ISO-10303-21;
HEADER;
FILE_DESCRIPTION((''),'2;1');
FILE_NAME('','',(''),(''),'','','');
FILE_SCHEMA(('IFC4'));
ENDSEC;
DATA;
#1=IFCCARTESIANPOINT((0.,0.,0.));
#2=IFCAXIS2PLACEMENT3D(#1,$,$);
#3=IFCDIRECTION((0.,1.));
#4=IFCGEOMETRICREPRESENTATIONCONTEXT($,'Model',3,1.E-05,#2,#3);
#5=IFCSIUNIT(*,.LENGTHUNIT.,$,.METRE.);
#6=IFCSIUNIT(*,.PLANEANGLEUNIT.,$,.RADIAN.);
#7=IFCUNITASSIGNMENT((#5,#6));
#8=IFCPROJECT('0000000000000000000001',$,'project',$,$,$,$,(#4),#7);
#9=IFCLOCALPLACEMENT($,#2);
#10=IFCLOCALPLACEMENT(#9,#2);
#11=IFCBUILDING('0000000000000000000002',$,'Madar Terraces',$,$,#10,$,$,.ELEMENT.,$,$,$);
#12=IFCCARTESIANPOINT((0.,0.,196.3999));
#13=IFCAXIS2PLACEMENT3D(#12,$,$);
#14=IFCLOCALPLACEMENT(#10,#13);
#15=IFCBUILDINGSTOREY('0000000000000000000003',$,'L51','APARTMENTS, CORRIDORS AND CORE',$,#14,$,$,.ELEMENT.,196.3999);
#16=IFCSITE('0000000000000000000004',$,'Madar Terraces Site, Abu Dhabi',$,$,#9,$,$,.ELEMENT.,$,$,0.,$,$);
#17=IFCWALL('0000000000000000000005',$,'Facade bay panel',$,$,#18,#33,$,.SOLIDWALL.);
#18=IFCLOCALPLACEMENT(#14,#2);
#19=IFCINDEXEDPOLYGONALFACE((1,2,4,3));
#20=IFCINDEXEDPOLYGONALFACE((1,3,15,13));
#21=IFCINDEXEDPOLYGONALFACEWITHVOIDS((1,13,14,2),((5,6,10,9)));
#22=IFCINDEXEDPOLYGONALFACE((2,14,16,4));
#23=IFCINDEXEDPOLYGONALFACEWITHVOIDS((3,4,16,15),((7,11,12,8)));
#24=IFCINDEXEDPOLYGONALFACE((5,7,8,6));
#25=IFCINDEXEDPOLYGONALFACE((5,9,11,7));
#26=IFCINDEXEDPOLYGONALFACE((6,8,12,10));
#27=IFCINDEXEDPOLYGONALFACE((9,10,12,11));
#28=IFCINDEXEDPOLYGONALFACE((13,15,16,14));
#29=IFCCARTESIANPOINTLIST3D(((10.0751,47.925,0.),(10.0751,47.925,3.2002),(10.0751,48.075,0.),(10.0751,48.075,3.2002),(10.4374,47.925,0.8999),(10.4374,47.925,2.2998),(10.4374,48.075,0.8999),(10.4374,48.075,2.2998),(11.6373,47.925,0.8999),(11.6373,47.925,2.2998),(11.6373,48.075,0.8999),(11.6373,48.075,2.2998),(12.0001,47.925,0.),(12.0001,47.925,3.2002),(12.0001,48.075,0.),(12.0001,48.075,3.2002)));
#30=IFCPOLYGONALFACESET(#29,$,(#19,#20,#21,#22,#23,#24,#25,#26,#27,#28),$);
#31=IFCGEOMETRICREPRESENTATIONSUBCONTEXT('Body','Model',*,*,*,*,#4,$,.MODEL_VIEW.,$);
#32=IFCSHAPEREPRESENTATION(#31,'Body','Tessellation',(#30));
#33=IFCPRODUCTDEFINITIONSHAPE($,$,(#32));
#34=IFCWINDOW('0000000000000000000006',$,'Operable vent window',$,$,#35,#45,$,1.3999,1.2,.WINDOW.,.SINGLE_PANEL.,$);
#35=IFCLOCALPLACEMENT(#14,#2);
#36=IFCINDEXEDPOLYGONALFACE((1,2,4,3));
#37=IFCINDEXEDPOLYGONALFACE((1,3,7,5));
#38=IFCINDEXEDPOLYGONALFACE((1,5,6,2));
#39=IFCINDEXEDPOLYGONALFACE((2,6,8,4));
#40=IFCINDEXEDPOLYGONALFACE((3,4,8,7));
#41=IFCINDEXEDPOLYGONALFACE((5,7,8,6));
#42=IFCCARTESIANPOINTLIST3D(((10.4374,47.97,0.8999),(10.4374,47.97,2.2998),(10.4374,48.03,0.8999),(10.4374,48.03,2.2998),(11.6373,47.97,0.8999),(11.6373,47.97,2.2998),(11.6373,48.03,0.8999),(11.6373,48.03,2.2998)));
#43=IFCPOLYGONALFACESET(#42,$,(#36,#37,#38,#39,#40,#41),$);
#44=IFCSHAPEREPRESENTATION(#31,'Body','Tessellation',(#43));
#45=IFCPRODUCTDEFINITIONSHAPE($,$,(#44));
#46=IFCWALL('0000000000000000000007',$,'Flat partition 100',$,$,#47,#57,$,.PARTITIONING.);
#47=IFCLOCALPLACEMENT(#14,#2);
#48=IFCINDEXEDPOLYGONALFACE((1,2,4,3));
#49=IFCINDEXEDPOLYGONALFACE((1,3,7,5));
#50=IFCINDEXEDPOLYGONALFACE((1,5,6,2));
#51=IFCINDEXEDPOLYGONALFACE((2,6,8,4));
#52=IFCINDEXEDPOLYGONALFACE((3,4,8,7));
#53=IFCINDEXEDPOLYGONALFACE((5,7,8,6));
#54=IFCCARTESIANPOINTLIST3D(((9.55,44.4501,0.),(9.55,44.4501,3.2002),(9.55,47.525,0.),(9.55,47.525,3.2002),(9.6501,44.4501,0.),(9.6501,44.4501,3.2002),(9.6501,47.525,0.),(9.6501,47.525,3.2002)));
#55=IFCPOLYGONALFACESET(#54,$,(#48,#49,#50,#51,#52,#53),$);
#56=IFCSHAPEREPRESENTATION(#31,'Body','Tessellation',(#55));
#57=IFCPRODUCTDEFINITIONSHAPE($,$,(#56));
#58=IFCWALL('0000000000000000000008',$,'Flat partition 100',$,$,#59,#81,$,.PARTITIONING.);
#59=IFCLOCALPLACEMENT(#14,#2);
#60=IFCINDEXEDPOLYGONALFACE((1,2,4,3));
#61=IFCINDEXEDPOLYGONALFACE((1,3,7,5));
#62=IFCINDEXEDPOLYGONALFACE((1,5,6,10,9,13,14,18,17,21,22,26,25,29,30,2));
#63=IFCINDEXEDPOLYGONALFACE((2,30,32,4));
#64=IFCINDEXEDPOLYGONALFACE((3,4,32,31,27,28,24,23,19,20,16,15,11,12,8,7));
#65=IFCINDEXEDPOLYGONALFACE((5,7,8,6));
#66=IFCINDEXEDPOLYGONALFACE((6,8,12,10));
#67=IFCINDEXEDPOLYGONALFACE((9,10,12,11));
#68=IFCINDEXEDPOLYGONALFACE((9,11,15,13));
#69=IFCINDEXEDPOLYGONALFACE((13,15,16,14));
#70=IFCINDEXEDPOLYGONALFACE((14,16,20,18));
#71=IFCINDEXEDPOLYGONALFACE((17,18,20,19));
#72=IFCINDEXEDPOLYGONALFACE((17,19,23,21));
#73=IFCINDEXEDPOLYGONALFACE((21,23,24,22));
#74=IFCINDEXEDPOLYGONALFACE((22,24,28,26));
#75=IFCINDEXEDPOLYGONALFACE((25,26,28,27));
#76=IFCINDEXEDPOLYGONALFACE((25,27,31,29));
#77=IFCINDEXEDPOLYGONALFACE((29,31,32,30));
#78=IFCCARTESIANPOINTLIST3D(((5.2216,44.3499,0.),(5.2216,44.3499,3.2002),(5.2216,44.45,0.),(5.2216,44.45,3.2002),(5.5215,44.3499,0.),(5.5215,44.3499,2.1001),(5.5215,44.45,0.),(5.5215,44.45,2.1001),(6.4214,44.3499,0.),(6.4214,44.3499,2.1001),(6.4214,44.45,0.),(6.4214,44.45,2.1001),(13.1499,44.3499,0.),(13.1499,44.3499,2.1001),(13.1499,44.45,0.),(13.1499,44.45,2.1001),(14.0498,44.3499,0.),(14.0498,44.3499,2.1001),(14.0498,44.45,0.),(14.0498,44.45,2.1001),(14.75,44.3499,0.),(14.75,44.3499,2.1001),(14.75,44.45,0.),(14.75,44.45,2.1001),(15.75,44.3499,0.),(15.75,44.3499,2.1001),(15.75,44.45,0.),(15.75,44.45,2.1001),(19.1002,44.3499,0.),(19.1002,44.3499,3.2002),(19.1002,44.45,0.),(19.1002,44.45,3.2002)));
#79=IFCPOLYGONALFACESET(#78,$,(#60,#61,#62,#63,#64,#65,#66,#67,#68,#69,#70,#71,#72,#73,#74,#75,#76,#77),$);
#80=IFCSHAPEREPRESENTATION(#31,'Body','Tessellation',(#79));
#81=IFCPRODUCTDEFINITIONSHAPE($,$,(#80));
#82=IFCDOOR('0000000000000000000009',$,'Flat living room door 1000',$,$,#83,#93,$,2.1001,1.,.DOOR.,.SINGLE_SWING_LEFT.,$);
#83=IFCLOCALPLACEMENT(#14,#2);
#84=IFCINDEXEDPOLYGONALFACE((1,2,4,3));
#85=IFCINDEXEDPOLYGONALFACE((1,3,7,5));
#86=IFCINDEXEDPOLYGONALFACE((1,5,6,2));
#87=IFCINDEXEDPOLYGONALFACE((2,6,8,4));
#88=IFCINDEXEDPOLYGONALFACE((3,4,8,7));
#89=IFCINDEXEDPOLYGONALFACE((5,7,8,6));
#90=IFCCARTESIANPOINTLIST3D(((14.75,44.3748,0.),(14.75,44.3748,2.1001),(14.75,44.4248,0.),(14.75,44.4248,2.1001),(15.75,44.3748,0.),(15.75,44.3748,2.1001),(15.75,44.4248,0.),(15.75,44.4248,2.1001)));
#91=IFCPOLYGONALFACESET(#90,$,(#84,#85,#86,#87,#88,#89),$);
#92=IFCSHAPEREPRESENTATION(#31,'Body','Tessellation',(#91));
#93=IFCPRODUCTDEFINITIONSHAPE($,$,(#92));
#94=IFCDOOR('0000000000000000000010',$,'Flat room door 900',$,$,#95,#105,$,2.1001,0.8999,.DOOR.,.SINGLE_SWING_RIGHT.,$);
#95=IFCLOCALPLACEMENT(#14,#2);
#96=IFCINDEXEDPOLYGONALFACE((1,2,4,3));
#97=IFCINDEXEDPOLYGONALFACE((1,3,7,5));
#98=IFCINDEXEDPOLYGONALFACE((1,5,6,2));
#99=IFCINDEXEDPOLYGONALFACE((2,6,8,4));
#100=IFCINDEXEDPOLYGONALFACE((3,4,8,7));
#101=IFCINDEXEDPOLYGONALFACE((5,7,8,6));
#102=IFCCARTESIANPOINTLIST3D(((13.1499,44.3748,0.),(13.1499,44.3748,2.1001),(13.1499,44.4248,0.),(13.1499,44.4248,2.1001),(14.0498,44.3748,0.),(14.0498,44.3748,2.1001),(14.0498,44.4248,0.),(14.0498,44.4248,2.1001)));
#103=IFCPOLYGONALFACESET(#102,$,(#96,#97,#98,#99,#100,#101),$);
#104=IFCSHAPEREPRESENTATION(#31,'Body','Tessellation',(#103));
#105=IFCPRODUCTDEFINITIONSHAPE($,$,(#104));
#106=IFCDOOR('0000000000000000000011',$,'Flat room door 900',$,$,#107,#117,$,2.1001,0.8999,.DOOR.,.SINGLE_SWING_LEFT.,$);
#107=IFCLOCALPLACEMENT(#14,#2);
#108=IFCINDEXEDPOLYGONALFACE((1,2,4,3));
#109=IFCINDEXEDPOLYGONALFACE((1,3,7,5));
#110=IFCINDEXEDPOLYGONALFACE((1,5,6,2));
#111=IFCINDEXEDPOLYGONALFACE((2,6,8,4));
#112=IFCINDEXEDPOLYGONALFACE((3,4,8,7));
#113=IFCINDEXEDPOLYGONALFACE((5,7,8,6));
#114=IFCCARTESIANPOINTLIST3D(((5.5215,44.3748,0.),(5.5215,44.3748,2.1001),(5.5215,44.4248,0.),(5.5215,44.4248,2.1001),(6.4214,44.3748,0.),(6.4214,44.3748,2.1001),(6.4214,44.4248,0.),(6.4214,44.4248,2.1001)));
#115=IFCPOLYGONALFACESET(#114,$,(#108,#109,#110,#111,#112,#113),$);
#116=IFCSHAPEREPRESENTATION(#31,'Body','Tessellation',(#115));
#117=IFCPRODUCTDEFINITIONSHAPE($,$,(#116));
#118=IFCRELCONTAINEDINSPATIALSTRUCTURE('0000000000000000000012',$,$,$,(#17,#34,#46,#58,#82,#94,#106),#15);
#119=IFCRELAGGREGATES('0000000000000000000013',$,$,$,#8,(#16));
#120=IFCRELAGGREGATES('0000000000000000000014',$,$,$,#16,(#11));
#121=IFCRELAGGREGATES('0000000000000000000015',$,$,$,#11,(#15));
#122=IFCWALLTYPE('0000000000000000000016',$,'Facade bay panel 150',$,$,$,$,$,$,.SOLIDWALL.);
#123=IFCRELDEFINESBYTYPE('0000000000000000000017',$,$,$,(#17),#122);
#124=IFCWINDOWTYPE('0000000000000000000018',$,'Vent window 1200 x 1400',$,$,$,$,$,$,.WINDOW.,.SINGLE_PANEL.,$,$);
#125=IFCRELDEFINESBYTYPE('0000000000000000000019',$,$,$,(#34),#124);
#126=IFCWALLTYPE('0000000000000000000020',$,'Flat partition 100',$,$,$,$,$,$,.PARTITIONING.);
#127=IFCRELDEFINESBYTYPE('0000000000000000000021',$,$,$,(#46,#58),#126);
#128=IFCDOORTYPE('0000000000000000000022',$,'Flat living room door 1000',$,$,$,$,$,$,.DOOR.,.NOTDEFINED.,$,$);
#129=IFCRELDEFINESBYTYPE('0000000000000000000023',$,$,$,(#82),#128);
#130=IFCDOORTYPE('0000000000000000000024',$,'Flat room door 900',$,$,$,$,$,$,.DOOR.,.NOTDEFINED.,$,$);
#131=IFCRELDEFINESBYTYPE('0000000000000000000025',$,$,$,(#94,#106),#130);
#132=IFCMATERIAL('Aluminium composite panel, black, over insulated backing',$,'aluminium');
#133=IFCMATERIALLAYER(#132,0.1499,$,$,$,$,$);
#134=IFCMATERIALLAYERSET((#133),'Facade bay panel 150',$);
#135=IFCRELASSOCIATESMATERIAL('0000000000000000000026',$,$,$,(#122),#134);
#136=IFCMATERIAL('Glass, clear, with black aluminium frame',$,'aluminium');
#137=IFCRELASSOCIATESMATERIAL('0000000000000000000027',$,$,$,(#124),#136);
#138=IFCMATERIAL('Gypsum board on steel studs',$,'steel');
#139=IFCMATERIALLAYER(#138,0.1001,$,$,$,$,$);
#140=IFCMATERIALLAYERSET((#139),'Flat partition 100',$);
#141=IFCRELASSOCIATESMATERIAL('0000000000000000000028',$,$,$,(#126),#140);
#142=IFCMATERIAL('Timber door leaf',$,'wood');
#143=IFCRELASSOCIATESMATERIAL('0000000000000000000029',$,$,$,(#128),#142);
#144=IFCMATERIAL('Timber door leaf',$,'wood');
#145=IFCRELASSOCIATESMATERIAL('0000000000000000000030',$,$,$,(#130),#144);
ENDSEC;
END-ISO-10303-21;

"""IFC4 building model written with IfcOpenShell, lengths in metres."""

from ifc_helpers import new_model, si_unit, direction, frame, frame_2d, origin, place, context, subcontext, project, spatial, rectangle, extrude, material, layer, layer_set, type_object, element, fill, save


model = new_model("IFC4")

# Units and contexts
model_context = context("Model", 3, precision=1e-05, world=origin(), true_north=direction((0.0, 1.0)))
body_context = subcontext(model_context, "Body", "Model", "MODEL_VIEW")
ifc_project = project(units=[si_unit("LENGTHUNIT", "METRE"), si_unit("PLANEANGLEUNIT", "RADIAN")], contexts=[model_context])

# Site, building, storey
site_placement = place(None, origin())
site = spatial("IfcSite", under=ifc_project, at=site_placement, Name="Madar Terraces Site, Abu Dhabi", CompositionType="ELEMENT", RefElevation=0.0)
building_placement = place(site_placement, origin())
building = spatial("IfcBuilding", under=site, at=building_placement, Name="Madar Terraces", CompositionType="ELEMENT")
storey_placement = place(building_placement, frame((0.0, 0.0, 196.3999)))
storey = spatial("IfcBuildingStorey", under=building, at=storey_placement, Name="L51", Description="APARTMENTS, CORRIDORS AND CORE", CompositionType="ELEMENT", Elevation=196.3999)

# Wall, opening, window
ifc_material_1 = material(Name="Aluminium composite panel, black, over insulated backing", Category="aluminium")
ifc_layer_1 = layer(ifc_material_1, 0.1499)
ifc_layer_set_1 = layer_set([ifc_layer_1], Name="Facade bay panel 150")
wall_type_1 = type_object("IfcWallType", Name="Facade bay panel 150", PredefinedType="SOLIDWALL", material=ifc_layer_set_1)
wall_1_placement = place(storey_placement, frame((12.0, 48.0, 0.0), z_axis=(0.0, 0.0, 1.0), x_axis=(-1.0, 0.0, 0.0)))
wall_1 = element("IfcWall", 1, at=wall_1_placement, inside=storey, type_object=wall_type_1, Name="Facade bay panel", PredefinedType="SOLIDWALL", context=body_context, shape_type="SweptSolid", body=[
    extrude(rectangle(XDim=1.925, YDim=0.1499, at=frame_2d((0.9624, 0.0))), origin(), (0.0, 0.0, 1.0), 3.2002),
])
opening_1_placement = place(wall_1_placement, frame((0.3625, 0.0, 0.8999)))
opening_1 = element("IfcOpeningElement", 2, at=opening_1_placement, cuts=wall_1, PredefinedType="OPENING", context=body_context, shape_type="SweptSolid", body=[
    extrude(rectangle(XDim=1.2, YDim=1.3999, at=frame_2d((0.6001, 0.7))), frame((0.0, 0.085, 0.0), z_axis=(0.0, -1.0, 0.0), x_axis=(1.0, 0.0, 0.0)), (0.0, 0.0, 1.0), 0.1699),
])
ifc_material_2 = material(Name="Glass, clear, with black aluminium frame", Category="aluminium")
window_type = type_object("IfcWindowType", Name="Vent window 1200 x 1400", PartitioningType="SINGLE_PANEL", PredefinedType="WINDOW", material=ifc_material_2)
window_placement = place(opening_1_placement, origin())
window = element("IfcWindow", 3, at=window_placement, inside=storey, type_object=window_type, Name="Operable vent window", OverallHeight=1.3999, OverallWidth=1.2, PartitioningType="SINGLE_PANEL", PredefinedType="WINDOW", context=body_context, shape_type="SweptSolid", body=[
    extrude(rectangle(XDim=1.2, YDim=1.3999, at=frame_2d((0.6001, 0.7))), frame((0.0, 0.03, 0.0), z_axis=(0.0, -1.0, 0.0), x_axis=(1.0, 0.0, 0.0)), (0.0, 0.0, 1.0), 0.0601),
])
fill(opening_1, window)

# Wall
ifc_material_3 = material(Name="Gypsum board on steel studs", Category="steel")
ifc_layer_2 = layer(ifc_material_3, 0.1001)
ifc_layer_set_2 = layer_set([ifc_layer_2], Name="Flat partition 100")
wall_type_2 = type_object("IfcWallType", Name="Flat partition 100", PredefinedType="PARTITIONING", material=ifc_layer_set_2)
wall_2_placement = place(storey_placement, frame((9.6001, 44.45, 0.0), z_axis=(0.0, 0.0, 1.0), x_axis=(0.0, 1.0, 0.0)))
element("IfcWall", 4, at=wall_2_placement, inside=storey, type_object=wall_type_2, Name="Flat partition 100", PredefinedType="PARTITIONING", context=body_context, shape_type="SweptSolid", body=[
    extrude(rectangle(XDim=3.075, YDim=0.1001, at=frame_2d((1.5376, 0.0))), origin(), (0.0, 0.0, 1.0), 3.2002),
])

# Wall, openings, doors
wall_3_placement = place(storey_placement, frame((5.2214, 44.3999, 0.0), z_axis=(0.0, 0.0, 1.0), x_axis=(1.0, 0.0, 0.0)))
wall_3 = element("IfcWall", 5, at=wall_3_placement, inside=storey, type_object=wall_type_2, Name="Flat partition 100", PredefinedType="PARTITIONING", context=body_context, shape_type="SweptSolid", body=[
    extrude(rectangle(XDim=13.8787, YDim=0.1001, at=frame_2d((6.9395, 0.0))), origin(), (0.0, 0.0, 1.0), 3.2002),
])
opening_2_placement = place(wall_3_placement, frame((9.5286, 0.0, 0.0)))
opening_2 = element("IfcOpeningElement", 6, at=opening_2_placement, cuts=wall_3, PredefinedType="OPENING", context=body_context, shape_type="SweptSolid", body=[
    extrude(rectangle(XDim=1.0, YDim=2.1001, at=frame_2d((0.5, 1.05))), frame((0.0, 0.0601, 0.0), z_axis=(0.0, -1.0, 0.0), x_axis=(1.0, 0.0, 0.0)), (0.0, 0.0, 1.0), 0.1201),
])
opening_3_placement = place(wall_3_placement, frame((7.9285, 0.0, 0.0)))
opening_3 = element("IfcOpeningElement", 7, at=opening_3_placement, cuts=wall_3, PredefinedType="OPENING", context=body_context, shape_type="SweptSolid", body=[
    extrude(rectangle(XDim=0.8999, YDim=2.1001, at=frame_2d((0.45, 1.05))), frame((0.0, 0.0601, 0.0), z_axis=(0.0, -1.0, 0.0), x_axis=(1.0, 0.0, 0.0)), (0.0, 0.0, 1.0), 0.1201),
])
opening_4_placement = place(wall_3_placement, frame((0.3, 0.0, 0.0)))
opening_4 = element("IfcOpeningElement", 8, at=opening_4_placement, cuts=wall_3, PredefinedType="OPENING", context=body_context, shape_type="SweptSolid", body=[
    extrude(rectangle(XDim=0.8999, YDim=2.1001, at=frame_2d((0.45, 1.05))), frame((0.0, 0.0601, 0.0), z_axis=(0.0, -1.0, 0.0), x_axis=(1.0, 0.0, 0.0)), (0.0, 0.0, 1.0), 0.1201),
])
ifc_material_4 = material(Name="Timber door leaf", Category="wood")
door_type_1 = type_object("IfcDoorType", Name="Flat living room door 1000", OperationType="NOTDEFINED", PredefinedType="DOOR", material=ifc_material_4)
door_1_placement = place(opening_2_placement, origin())
door_1 = element("IfcDoor", 9, at=door_1_placement, inside=storey, type_object=door_type_1, Name="Flat living room door 1000", OperationType="SINGLE_SWING_LEFT", OverallHeight=2.1001, OverallWidth=1.0, PredefinedType="DOOR", context=body_context, shape_type="SweptSolid", body=[
    extrude(rectangle(XDim=1.0, YDim=2.1001, at=frame_2d((0.5, 1.05))), frame((0.0, 0.0249, 0.0), z_axis=(0.0, -1.0, 0.0), x_axis=(1.0, 0.0, 0.0)), (0.0, 0.0, 1.0), 0.05),
])
fill(opening_2, door_1)
ifc_material_5 = material(Name="Timber door leaf", Category="wood")
door_type_2 = type_object("IfcDoorType", Name="Flat room door 900", OperationType="NOTDEFINED", PredefinedType="DOOR", material=ifc_material_5)
door_2_placement = place(opening_3_placement, origin())
door_2 = element("IfcDoor", 10, at=door_2_placement, inside=storey, type_object=door_type_2, Name="Flat room door 900", OperationType="SINGLE_SWING_RIGHT", OverallHeight=2.1001, OverallWidth=0.8999, PredefinedType="DOOR", context=body_context, shape_type="SweptSolid", body=[
    extrude(rectangle(XDim=0.8999, YDim=2.1001, at=frame_2d((0.45, 1.05))), frame((0.0, 0.0249, 0.0), z_axis=(0.0, -1.0, 0.0), x_axis=(1.0, 0.0, 0.0)), (0.0, 0.0, 1.0), 0.05),
])
fill(opening_3, door_2)
door_3_placement = place(opening_4_placement, origin())
door_3 = element("IfcDoor", 11, at=door_3_placement, inside=storey, type_object=door_type_2, Name="Flat room door 900", OperationType="SINGLE_SWING_LEFT", OverallHeight=2.1001, OverallWidth=0.8999, PredefinedType="DOOR", context=body_context, shape_type="SweptSolid", body=[
    extrude(rectangle(XDim=0.8999, YDim=2.1001, at=frame_2d((0.45, 1.05))), frame((0.0, 0.0249, 0.0), z_axis=(0.0, -1.0, 0.0), x_axis=(1.0, 0.0, 0.0)), (0.0, 0.0, 1.0), 0.05),
])
fill(opening_4, door_3)

save(model, "model.ifc")
